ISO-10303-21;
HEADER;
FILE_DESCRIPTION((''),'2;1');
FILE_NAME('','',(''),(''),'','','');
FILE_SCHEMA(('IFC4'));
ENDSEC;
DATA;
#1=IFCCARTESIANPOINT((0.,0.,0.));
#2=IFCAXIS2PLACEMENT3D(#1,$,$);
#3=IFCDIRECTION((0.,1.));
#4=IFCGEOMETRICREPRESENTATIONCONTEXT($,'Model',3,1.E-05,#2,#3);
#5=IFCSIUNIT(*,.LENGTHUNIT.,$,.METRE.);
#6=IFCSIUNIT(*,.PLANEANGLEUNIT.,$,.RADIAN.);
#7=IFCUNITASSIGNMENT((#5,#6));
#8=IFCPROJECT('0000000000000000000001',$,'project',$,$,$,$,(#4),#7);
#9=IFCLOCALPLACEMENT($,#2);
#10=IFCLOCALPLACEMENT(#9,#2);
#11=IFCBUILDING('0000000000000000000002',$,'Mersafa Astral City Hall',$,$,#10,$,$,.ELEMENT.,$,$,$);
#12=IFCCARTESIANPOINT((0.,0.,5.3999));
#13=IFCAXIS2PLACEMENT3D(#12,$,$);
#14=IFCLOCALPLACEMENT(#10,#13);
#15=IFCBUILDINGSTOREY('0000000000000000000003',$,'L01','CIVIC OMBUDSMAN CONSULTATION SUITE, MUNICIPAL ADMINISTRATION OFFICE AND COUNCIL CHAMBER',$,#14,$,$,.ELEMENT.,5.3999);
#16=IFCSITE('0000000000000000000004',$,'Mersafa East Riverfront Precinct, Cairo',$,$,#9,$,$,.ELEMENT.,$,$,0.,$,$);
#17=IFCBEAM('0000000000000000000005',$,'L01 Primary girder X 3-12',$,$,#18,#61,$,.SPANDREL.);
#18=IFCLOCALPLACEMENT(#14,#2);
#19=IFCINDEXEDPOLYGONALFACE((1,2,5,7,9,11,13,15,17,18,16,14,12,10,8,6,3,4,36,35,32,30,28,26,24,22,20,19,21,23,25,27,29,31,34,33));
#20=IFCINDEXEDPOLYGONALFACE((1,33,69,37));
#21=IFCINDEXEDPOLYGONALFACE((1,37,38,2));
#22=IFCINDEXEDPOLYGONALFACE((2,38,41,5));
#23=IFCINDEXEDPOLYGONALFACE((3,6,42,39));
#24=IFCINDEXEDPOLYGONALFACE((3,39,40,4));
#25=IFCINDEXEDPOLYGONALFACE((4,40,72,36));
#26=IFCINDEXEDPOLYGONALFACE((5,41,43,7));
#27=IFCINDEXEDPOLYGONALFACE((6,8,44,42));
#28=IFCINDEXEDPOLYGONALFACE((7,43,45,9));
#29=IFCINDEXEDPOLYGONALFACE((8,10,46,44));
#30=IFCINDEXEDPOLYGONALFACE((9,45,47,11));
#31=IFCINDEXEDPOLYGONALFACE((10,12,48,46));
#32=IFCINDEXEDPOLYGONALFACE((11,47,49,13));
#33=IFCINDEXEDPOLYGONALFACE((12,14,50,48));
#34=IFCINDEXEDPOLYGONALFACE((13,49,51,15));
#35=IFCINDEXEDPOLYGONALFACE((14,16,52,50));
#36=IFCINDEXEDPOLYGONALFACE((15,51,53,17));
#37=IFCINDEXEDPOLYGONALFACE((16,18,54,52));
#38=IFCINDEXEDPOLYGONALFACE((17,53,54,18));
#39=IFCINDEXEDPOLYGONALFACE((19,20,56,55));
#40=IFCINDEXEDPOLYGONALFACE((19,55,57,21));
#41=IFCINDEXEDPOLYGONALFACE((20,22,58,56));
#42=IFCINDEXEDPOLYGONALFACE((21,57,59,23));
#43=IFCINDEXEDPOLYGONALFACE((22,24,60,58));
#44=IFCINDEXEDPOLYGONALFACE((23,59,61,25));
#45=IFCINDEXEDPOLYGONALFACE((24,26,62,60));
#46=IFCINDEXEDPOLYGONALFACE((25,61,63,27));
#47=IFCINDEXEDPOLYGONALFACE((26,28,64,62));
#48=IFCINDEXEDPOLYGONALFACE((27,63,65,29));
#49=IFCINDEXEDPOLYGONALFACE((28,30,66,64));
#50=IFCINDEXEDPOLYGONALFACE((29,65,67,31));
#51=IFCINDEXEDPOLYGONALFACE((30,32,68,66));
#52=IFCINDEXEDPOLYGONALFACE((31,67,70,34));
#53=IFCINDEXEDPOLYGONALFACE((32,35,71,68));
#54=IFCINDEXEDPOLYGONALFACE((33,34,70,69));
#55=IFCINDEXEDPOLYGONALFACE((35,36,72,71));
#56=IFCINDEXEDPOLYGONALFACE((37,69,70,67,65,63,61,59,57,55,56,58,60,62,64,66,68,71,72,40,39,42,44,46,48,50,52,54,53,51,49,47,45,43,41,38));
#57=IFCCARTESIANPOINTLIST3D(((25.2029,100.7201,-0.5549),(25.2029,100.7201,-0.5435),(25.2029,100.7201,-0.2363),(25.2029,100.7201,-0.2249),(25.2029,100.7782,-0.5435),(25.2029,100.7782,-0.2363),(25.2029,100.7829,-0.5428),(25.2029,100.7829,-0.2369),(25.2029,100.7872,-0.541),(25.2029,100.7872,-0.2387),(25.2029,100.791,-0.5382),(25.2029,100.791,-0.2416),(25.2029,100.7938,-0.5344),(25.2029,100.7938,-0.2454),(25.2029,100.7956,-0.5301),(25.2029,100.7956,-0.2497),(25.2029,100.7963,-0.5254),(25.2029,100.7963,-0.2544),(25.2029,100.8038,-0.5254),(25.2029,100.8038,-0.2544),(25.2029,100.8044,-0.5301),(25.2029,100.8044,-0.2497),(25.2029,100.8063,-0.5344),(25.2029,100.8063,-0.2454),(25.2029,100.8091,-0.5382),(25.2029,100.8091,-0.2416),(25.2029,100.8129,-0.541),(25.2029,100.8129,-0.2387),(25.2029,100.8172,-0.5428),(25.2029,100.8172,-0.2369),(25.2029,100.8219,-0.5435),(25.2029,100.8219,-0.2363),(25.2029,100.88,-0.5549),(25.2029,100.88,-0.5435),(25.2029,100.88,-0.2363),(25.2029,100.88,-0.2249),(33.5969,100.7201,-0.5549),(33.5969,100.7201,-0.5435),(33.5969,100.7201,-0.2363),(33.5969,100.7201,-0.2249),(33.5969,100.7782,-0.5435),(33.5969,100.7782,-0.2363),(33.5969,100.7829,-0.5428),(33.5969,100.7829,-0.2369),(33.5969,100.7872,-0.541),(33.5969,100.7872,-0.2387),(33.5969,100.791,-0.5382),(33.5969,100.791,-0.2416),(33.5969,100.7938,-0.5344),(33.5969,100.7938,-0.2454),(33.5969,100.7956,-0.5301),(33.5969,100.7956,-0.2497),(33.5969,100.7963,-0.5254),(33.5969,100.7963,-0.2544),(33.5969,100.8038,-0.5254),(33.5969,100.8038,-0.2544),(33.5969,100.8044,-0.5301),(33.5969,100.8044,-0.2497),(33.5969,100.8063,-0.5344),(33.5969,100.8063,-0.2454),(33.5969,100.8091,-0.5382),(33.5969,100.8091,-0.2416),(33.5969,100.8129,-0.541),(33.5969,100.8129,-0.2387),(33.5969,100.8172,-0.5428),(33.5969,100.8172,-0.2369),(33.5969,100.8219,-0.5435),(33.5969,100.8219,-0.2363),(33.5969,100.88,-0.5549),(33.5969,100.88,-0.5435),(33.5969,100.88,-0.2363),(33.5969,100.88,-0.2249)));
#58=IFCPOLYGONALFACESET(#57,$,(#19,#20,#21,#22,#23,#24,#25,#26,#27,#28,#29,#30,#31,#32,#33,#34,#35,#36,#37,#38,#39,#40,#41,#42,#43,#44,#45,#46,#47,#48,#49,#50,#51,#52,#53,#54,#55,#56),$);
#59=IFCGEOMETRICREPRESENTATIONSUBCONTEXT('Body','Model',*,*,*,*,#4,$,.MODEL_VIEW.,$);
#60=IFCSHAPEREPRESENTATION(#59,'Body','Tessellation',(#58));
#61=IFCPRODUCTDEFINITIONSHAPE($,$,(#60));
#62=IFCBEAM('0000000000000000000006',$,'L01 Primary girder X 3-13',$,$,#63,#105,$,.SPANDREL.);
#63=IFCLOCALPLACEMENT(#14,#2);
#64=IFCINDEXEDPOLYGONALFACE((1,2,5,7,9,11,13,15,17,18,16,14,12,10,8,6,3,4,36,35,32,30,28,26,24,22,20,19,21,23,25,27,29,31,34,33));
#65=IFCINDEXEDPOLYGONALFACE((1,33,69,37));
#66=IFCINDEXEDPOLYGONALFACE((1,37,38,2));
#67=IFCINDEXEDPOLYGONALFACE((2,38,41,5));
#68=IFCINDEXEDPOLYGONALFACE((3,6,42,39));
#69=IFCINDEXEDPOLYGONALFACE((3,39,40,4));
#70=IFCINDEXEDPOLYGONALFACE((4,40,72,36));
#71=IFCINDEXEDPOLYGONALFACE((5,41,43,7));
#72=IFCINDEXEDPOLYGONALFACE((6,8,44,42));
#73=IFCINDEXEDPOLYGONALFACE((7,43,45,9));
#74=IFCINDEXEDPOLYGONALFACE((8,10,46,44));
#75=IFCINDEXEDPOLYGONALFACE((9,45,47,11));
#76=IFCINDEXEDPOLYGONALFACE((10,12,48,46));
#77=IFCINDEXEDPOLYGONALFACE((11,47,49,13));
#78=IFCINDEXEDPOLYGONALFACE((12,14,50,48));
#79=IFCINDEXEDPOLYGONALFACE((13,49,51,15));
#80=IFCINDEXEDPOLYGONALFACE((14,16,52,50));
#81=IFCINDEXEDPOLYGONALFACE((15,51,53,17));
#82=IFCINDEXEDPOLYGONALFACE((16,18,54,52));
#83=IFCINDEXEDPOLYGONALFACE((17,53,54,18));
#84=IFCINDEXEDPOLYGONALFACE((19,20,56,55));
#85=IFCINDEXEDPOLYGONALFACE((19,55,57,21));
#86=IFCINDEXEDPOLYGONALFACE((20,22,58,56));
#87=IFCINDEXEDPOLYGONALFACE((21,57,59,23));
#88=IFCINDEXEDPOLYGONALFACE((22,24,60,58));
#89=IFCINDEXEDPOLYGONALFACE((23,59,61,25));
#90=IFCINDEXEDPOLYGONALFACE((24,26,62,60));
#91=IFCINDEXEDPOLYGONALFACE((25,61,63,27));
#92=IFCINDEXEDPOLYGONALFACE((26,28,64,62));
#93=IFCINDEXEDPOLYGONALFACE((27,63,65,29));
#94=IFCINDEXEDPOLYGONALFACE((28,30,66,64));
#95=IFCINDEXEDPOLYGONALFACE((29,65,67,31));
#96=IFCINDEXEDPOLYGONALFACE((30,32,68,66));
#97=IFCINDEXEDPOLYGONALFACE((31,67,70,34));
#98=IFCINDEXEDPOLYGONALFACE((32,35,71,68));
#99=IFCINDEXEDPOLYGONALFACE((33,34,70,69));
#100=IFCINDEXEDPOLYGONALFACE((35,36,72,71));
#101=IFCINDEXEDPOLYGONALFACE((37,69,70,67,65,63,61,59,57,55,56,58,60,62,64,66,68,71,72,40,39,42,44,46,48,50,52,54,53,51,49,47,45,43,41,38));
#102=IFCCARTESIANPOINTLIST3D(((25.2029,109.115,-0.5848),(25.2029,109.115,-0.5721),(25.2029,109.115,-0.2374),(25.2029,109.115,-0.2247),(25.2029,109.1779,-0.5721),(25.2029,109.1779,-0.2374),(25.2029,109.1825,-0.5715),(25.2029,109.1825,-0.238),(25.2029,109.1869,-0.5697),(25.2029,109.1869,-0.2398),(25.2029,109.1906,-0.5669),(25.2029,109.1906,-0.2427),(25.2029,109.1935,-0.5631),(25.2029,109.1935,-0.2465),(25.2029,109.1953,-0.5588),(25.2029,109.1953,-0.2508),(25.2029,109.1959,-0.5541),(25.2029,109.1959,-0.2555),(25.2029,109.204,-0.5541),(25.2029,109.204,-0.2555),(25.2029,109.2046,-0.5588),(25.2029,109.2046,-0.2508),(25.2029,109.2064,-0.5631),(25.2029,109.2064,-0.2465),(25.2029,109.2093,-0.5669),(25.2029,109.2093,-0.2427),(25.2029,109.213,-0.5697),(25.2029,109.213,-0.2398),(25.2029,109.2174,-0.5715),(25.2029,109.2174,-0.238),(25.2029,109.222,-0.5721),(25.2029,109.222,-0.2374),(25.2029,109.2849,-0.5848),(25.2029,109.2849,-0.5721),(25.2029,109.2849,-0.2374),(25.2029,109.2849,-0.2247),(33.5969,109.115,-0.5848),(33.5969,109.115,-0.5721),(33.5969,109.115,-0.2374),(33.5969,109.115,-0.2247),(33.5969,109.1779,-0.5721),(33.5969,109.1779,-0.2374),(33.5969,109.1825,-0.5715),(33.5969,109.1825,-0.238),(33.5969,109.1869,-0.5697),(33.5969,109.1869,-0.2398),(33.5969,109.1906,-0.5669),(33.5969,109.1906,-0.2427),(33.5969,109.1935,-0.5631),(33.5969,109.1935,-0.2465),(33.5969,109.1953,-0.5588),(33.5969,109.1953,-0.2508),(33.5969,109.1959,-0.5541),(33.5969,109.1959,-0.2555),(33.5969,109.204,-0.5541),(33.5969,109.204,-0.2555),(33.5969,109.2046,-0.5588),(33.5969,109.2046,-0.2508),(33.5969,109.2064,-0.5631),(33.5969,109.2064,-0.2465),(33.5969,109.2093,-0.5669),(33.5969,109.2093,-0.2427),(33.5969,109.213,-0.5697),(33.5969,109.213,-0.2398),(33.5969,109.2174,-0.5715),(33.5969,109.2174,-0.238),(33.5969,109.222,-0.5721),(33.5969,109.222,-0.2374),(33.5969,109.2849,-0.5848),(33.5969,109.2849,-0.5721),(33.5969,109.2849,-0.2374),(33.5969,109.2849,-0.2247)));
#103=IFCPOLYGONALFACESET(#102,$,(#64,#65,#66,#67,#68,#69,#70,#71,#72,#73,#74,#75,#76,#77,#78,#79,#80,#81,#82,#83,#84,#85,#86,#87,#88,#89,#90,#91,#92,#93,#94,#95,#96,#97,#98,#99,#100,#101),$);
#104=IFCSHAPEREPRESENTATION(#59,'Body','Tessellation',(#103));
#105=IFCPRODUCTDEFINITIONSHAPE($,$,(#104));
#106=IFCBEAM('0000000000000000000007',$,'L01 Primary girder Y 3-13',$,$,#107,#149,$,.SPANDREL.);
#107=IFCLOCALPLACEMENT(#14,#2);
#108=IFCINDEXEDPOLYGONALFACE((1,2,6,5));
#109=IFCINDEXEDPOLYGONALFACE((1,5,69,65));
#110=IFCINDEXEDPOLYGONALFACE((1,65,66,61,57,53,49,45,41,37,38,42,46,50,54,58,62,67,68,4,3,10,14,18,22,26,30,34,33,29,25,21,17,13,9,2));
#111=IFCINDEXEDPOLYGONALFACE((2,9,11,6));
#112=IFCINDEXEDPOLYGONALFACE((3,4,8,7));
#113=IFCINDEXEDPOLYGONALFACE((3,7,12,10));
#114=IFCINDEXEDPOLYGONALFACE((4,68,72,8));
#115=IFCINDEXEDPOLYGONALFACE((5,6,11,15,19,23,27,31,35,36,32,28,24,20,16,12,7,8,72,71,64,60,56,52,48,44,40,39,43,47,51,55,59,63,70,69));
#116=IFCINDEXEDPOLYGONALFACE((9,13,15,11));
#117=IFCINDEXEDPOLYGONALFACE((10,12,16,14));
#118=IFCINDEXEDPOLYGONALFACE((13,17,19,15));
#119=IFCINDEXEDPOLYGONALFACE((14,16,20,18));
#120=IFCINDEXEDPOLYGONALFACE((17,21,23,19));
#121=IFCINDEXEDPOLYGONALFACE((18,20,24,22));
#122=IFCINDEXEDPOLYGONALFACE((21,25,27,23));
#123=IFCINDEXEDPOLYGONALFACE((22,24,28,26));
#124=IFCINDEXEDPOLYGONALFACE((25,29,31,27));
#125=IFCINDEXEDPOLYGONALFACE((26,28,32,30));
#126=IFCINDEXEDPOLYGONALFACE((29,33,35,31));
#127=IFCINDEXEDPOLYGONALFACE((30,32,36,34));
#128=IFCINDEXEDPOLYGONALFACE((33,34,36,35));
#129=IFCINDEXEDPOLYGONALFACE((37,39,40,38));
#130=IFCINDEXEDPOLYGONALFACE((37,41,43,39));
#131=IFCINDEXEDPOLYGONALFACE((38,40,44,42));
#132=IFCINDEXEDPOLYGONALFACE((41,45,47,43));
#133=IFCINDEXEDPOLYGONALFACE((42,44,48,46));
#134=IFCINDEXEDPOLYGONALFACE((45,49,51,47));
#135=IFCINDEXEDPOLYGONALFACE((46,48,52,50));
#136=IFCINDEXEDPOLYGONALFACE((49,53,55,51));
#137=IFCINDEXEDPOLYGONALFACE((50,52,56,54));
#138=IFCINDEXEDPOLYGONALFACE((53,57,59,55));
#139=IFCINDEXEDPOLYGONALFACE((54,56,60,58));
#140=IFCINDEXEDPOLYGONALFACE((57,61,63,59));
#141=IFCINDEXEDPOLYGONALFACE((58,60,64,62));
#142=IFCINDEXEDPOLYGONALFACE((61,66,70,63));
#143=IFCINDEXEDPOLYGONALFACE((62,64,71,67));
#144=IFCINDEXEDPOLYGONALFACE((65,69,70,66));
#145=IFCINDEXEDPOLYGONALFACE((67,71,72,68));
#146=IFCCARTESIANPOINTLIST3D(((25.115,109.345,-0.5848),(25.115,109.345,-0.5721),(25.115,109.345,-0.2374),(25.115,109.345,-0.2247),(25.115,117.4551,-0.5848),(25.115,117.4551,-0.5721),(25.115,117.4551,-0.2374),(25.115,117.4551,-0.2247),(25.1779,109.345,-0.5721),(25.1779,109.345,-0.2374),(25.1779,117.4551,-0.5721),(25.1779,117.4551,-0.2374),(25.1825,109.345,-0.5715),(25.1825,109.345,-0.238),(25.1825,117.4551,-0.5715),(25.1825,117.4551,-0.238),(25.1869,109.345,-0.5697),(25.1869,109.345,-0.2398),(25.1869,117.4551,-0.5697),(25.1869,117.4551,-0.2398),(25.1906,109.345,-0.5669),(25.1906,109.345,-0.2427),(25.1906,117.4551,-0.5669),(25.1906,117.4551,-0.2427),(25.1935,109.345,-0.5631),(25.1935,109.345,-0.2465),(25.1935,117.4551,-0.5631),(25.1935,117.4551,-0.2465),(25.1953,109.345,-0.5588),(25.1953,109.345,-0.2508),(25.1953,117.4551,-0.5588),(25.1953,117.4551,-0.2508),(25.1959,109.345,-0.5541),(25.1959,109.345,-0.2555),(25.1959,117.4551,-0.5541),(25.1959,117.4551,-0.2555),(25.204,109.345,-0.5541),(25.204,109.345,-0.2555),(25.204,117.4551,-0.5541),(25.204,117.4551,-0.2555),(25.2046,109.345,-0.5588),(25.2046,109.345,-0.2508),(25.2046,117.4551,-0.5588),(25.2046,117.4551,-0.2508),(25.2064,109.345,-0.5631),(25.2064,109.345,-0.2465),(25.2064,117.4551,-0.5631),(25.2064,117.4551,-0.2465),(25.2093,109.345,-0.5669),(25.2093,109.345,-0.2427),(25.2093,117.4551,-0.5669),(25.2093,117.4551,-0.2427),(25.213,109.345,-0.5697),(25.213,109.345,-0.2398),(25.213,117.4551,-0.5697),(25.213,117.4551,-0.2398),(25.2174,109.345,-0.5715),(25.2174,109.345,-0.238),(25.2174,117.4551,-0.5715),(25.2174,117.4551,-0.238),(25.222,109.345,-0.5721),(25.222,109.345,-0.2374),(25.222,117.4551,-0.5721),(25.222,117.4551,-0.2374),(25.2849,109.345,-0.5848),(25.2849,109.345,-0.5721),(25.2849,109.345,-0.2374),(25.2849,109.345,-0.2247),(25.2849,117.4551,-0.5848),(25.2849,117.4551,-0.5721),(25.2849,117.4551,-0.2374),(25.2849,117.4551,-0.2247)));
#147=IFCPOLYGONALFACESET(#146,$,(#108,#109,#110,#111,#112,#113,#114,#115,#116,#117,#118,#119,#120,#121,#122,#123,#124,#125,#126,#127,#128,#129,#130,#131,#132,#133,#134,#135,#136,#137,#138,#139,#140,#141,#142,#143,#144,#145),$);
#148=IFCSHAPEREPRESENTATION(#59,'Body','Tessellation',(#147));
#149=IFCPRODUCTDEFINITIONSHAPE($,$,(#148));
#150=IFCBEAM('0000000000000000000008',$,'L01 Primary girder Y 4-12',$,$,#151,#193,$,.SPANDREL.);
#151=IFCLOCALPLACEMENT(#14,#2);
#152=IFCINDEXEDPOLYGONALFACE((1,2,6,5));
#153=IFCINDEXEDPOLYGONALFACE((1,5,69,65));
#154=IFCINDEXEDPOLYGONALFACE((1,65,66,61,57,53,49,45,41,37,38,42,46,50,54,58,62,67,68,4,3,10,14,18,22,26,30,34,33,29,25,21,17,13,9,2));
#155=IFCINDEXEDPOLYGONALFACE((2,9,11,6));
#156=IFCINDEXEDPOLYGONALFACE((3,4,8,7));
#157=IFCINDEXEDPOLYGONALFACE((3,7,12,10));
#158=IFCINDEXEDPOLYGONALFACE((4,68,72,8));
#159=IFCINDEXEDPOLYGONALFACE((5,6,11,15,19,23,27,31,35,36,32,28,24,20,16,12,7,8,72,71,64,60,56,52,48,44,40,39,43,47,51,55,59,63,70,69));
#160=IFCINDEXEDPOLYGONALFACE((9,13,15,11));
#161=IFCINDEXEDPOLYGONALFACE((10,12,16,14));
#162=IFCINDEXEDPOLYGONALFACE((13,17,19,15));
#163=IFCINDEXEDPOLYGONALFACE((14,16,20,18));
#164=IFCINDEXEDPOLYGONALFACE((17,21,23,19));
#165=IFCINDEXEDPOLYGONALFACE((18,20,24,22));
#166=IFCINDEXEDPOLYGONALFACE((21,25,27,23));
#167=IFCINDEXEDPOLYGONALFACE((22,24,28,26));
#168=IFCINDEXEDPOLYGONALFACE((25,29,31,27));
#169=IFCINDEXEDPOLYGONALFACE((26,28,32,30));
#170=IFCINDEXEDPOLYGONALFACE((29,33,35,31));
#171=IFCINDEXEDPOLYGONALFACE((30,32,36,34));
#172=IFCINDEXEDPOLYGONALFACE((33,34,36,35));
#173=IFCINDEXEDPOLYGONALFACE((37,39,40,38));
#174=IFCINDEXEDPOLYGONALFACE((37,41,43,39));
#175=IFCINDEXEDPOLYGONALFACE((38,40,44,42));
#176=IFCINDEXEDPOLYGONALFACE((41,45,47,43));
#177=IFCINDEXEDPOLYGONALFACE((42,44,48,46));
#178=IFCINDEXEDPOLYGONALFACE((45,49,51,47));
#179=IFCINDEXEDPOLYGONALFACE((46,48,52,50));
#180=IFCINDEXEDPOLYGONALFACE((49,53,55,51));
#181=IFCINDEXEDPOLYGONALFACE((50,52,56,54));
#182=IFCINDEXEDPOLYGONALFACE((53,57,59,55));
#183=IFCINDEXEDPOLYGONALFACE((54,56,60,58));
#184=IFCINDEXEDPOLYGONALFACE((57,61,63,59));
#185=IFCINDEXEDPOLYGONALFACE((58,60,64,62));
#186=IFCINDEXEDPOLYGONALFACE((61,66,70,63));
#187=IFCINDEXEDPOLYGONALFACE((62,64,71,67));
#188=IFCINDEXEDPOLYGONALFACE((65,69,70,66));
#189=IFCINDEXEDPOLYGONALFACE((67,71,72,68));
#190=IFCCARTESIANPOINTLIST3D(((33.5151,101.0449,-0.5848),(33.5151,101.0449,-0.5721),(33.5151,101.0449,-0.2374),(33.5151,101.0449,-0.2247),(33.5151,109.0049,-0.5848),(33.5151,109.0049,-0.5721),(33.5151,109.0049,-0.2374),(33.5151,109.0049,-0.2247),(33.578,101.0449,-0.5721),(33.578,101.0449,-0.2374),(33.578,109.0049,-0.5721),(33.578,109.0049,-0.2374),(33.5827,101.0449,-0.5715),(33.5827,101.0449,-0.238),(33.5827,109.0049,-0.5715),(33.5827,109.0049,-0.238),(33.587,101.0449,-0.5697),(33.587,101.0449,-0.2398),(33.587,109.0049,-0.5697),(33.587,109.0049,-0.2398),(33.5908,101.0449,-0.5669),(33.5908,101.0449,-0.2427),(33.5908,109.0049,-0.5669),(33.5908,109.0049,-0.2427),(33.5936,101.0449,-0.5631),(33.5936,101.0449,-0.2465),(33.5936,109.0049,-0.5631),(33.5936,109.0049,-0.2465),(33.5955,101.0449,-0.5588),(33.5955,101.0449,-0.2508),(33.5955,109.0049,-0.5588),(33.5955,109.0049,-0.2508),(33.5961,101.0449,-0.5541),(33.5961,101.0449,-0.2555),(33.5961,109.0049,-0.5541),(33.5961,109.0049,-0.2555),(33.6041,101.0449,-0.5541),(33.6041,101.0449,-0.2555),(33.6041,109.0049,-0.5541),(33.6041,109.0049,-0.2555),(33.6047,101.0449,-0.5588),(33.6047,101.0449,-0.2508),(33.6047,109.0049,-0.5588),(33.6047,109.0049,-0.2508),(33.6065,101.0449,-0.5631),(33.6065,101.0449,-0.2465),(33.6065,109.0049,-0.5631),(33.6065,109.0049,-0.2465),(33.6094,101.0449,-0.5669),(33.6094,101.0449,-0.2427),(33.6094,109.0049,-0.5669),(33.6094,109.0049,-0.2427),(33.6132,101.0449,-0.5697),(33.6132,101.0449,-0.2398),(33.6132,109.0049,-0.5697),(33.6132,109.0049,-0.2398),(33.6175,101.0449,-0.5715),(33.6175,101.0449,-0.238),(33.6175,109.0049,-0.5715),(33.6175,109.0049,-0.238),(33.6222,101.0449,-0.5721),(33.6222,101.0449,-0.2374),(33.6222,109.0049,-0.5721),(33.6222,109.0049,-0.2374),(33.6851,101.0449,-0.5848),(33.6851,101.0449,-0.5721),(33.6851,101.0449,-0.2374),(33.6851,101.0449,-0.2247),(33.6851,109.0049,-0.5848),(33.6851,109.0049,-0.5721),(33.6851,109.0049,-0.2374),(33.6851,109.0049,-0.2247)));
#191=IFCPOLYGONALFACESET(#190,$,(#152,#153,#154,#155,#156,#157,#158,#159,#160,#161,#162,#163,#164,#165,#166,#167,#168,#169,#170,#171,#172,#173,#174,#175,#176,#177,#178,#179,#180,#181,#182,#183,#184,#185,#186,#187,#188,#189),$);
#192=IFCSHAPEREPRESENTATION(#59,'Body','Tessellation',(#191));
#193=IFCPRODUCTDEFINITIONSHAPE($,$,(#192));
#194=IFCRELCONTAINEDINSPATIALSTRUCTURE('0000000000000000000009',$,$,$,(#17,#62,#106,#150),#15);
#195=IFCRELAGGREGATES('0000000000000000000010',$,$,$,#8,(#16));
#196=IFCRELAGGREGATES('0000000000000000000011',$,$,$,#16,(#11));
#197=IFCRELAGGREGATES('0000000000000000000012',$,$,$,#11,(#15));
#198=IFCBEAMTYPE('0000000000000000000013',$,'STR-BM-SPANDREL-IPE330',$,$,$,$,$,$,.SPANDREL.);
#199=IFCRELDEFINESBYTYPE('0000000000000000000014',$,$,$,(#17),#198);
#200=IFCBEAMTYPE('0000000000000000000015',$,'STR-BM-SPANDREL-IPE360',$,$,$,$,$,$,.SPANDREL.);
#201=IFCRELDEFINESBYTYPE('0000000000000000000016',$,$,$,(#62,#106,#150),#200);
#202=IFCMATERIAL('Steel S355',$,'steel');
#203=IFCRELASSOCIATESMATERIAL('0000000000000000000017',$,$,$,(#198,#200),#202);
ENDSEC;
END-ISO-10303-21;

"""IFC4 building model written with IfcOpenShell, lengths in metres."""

from ifc_helpers import new_model, si_unit, direction, frame, origin, origin_2d, place, context, subcontext, project, spatial, i_section, extrude, material, material_profile, profile_set, type_object, element, save


model = new_model("IFC4")

# Units and contexts
model_context = context("Model", 3, precision=1e-05, world=origin(), true_north=direction((0.0, 1.0)))
body_context = subcontext(model_context, "Body", "Model", "MODEL_VIEW")
ifc_project = project(units=[si_unit("LENGTHUNIT", "METRE"), si_unit("PLANEANGLEUNIT", "RADIAN")], contexts=[model_context])

# Site, building, storey
site_placement = place(None, origin())
site = spatial("IfcSite", under=ifc_project, at=site_placement, Name="Mersafa East Riverfront Precinct, Cairo", CompositionType="ELEMENT", RefElevation=0.0)
building_placement = place(site_placement, origin())
building = spatial("IfcBuilding", under=site, at=building_placement, Name="Mersafa Astral City Hall", CompositionType="ELEMENT")
storey_placement = place(building_placement, frame((0.0, 0.0, 5.3999)))
storey = spatial("IfcBuildingStorey", under=building, at=storey_placement, Name="L01", Description="CIVIC OMBUDSMAN CONSULTATION SUITE, MUNICIPAL ADMINISTRATION OFFICE AND COUNCIL CHAMBER", CompositionType="ELEMENT", Elevation=5.3999)

# Shared definitions
ifc_material_1 = material(Name="Steel S355", Category="steel")

# Beams
ifc_material_profile_1 = material_profile(ifc_material_1, i_section(OverallWidth=0.1599, OverallDepth=0.3301, WebThickness=0.0076, FlangeThickness=0.0115, FilletRadius=0.0181, at=origin_2d()), Name="IPE 330")
ifc_profile_set_1 = profile_set([ifc_material_profile_1], Name="Steel S355")
beam_type_1 = type_object("IfcBeamType", Name="STR-BM-SPANDREL-IPE330", PredefinedType="SPANDREL", material=ifc_profile_set_1)
beam_1_placement = place(storey_placement, frame((25.2029, 100.8, -0.3899), z_axis=(1.0, 0.0, 0.0), x_axis=(0.0, 1.0, 0.0)))
element("IfcBeam", 1, at=beam_1_placement, inside=storey, type_object=beam_type_1, Name="L01 Primary girder X 3-12", PredefinedType="SPANDREL", context=body_context, shape_type="SweptSolid", body=[
    extrude(i_section(OverallWidth=0.1599, OverallDepth=0.3301, WebThickness=0.0076, FlangeThickness=0.0115, FilletRadius=0.0181, at=origin_2d()), origin(), (0.0, 0.0, 1.0), 8.394),
])
ifc_material_profile_2 = material_profile(ifc_material_1, i_section(OverallWidth=0.1699, OverallDepth=0.3601, WebThickness=0.0081, FlangeThickness=0.0127, FilletRadius=0.0181, at=origin_2d()), Name="IPE 360")
ifc_profile_set_2 = profile_set([ifc_material_profile_2], Name="Steel S355")
beam_type_2 = type_object("IfcBeamType", Name="STR-BM-SPANDREL-IPE360", PredefinedType="SPANDREL", material=ifc_profile_set_2)
beam_2_placement = place(storey_placement, frame((25.2029, 109.2, -0.4048), z_axis=(1.0, 0.0, 0.0), x_axis=(0.0, 1.0, 0.0)))
element("IfcBeam", 2, at=beam_2_placement, inside=storey, type_object=beam_type_2, Name="L01 Primary girder X 3-13", PredefinedType="SPANDREL", context=body_context, shape_type="SweptSolid", body=[
    extrude(i_section(OverallWidth=0.1699, OverallDepth=0.3601, WebThickness=0.0081, FlangeThickness=0.0127, FilletRadius=0.0181, at=origin_2d()), origin(), (0.0, 0.0, 1.0), 8.394),
])
beam_3_placement = place(storey_placement, frame((25.2, 109.345, -0.4048), z_axis=(0.0, 1.0, 0.0), x_axis=(-1.0, 0.0, 0.0)))
element("IfcBeam", 3, at=beam_3_placement, inside=storey, type_object=beam_type_2, Name="L01 Primary girder Y 3-13", PredefinedType="SPANDREL", context=body_context, shape_type="SweptSolid", body=[
    extrude(i_section(OverallWidth=0.1699, OverallDepth=0.3601, WebThickness=0.0081, FlangeThickness=0.0127, FilletRadius=0.0181, at=origin_2d()), origin(), (0.0, 0.0, 1.0), 8.1101),
])
beam_4_placement = place(storey_placement, frame((33.6001, 101.0449, -0.4048), z_axis=(0.0, 1.0, 0.0), x_axis=(-1.0, 0.0, 0.0)))
element("IfcBeam", 4, at=beam_4_placement, inside=storey, type_object=beam_type_2, Name="L01 Primary girder Y 4-12", PredefinedType="SPANDREL", context=body_context, shape_type="SweptSolid", body=[
    extrude(i_section(OverallWidth=0.1699, OverallDepth=0.3601, WebThickness=0.0081, FlangeThickness=0.0127, FilletRadius=0.0181, at=origin_2d()), origin(), (0.0, 0.0, 1.0), 7.96),
])

save(model, "model.ifc")
